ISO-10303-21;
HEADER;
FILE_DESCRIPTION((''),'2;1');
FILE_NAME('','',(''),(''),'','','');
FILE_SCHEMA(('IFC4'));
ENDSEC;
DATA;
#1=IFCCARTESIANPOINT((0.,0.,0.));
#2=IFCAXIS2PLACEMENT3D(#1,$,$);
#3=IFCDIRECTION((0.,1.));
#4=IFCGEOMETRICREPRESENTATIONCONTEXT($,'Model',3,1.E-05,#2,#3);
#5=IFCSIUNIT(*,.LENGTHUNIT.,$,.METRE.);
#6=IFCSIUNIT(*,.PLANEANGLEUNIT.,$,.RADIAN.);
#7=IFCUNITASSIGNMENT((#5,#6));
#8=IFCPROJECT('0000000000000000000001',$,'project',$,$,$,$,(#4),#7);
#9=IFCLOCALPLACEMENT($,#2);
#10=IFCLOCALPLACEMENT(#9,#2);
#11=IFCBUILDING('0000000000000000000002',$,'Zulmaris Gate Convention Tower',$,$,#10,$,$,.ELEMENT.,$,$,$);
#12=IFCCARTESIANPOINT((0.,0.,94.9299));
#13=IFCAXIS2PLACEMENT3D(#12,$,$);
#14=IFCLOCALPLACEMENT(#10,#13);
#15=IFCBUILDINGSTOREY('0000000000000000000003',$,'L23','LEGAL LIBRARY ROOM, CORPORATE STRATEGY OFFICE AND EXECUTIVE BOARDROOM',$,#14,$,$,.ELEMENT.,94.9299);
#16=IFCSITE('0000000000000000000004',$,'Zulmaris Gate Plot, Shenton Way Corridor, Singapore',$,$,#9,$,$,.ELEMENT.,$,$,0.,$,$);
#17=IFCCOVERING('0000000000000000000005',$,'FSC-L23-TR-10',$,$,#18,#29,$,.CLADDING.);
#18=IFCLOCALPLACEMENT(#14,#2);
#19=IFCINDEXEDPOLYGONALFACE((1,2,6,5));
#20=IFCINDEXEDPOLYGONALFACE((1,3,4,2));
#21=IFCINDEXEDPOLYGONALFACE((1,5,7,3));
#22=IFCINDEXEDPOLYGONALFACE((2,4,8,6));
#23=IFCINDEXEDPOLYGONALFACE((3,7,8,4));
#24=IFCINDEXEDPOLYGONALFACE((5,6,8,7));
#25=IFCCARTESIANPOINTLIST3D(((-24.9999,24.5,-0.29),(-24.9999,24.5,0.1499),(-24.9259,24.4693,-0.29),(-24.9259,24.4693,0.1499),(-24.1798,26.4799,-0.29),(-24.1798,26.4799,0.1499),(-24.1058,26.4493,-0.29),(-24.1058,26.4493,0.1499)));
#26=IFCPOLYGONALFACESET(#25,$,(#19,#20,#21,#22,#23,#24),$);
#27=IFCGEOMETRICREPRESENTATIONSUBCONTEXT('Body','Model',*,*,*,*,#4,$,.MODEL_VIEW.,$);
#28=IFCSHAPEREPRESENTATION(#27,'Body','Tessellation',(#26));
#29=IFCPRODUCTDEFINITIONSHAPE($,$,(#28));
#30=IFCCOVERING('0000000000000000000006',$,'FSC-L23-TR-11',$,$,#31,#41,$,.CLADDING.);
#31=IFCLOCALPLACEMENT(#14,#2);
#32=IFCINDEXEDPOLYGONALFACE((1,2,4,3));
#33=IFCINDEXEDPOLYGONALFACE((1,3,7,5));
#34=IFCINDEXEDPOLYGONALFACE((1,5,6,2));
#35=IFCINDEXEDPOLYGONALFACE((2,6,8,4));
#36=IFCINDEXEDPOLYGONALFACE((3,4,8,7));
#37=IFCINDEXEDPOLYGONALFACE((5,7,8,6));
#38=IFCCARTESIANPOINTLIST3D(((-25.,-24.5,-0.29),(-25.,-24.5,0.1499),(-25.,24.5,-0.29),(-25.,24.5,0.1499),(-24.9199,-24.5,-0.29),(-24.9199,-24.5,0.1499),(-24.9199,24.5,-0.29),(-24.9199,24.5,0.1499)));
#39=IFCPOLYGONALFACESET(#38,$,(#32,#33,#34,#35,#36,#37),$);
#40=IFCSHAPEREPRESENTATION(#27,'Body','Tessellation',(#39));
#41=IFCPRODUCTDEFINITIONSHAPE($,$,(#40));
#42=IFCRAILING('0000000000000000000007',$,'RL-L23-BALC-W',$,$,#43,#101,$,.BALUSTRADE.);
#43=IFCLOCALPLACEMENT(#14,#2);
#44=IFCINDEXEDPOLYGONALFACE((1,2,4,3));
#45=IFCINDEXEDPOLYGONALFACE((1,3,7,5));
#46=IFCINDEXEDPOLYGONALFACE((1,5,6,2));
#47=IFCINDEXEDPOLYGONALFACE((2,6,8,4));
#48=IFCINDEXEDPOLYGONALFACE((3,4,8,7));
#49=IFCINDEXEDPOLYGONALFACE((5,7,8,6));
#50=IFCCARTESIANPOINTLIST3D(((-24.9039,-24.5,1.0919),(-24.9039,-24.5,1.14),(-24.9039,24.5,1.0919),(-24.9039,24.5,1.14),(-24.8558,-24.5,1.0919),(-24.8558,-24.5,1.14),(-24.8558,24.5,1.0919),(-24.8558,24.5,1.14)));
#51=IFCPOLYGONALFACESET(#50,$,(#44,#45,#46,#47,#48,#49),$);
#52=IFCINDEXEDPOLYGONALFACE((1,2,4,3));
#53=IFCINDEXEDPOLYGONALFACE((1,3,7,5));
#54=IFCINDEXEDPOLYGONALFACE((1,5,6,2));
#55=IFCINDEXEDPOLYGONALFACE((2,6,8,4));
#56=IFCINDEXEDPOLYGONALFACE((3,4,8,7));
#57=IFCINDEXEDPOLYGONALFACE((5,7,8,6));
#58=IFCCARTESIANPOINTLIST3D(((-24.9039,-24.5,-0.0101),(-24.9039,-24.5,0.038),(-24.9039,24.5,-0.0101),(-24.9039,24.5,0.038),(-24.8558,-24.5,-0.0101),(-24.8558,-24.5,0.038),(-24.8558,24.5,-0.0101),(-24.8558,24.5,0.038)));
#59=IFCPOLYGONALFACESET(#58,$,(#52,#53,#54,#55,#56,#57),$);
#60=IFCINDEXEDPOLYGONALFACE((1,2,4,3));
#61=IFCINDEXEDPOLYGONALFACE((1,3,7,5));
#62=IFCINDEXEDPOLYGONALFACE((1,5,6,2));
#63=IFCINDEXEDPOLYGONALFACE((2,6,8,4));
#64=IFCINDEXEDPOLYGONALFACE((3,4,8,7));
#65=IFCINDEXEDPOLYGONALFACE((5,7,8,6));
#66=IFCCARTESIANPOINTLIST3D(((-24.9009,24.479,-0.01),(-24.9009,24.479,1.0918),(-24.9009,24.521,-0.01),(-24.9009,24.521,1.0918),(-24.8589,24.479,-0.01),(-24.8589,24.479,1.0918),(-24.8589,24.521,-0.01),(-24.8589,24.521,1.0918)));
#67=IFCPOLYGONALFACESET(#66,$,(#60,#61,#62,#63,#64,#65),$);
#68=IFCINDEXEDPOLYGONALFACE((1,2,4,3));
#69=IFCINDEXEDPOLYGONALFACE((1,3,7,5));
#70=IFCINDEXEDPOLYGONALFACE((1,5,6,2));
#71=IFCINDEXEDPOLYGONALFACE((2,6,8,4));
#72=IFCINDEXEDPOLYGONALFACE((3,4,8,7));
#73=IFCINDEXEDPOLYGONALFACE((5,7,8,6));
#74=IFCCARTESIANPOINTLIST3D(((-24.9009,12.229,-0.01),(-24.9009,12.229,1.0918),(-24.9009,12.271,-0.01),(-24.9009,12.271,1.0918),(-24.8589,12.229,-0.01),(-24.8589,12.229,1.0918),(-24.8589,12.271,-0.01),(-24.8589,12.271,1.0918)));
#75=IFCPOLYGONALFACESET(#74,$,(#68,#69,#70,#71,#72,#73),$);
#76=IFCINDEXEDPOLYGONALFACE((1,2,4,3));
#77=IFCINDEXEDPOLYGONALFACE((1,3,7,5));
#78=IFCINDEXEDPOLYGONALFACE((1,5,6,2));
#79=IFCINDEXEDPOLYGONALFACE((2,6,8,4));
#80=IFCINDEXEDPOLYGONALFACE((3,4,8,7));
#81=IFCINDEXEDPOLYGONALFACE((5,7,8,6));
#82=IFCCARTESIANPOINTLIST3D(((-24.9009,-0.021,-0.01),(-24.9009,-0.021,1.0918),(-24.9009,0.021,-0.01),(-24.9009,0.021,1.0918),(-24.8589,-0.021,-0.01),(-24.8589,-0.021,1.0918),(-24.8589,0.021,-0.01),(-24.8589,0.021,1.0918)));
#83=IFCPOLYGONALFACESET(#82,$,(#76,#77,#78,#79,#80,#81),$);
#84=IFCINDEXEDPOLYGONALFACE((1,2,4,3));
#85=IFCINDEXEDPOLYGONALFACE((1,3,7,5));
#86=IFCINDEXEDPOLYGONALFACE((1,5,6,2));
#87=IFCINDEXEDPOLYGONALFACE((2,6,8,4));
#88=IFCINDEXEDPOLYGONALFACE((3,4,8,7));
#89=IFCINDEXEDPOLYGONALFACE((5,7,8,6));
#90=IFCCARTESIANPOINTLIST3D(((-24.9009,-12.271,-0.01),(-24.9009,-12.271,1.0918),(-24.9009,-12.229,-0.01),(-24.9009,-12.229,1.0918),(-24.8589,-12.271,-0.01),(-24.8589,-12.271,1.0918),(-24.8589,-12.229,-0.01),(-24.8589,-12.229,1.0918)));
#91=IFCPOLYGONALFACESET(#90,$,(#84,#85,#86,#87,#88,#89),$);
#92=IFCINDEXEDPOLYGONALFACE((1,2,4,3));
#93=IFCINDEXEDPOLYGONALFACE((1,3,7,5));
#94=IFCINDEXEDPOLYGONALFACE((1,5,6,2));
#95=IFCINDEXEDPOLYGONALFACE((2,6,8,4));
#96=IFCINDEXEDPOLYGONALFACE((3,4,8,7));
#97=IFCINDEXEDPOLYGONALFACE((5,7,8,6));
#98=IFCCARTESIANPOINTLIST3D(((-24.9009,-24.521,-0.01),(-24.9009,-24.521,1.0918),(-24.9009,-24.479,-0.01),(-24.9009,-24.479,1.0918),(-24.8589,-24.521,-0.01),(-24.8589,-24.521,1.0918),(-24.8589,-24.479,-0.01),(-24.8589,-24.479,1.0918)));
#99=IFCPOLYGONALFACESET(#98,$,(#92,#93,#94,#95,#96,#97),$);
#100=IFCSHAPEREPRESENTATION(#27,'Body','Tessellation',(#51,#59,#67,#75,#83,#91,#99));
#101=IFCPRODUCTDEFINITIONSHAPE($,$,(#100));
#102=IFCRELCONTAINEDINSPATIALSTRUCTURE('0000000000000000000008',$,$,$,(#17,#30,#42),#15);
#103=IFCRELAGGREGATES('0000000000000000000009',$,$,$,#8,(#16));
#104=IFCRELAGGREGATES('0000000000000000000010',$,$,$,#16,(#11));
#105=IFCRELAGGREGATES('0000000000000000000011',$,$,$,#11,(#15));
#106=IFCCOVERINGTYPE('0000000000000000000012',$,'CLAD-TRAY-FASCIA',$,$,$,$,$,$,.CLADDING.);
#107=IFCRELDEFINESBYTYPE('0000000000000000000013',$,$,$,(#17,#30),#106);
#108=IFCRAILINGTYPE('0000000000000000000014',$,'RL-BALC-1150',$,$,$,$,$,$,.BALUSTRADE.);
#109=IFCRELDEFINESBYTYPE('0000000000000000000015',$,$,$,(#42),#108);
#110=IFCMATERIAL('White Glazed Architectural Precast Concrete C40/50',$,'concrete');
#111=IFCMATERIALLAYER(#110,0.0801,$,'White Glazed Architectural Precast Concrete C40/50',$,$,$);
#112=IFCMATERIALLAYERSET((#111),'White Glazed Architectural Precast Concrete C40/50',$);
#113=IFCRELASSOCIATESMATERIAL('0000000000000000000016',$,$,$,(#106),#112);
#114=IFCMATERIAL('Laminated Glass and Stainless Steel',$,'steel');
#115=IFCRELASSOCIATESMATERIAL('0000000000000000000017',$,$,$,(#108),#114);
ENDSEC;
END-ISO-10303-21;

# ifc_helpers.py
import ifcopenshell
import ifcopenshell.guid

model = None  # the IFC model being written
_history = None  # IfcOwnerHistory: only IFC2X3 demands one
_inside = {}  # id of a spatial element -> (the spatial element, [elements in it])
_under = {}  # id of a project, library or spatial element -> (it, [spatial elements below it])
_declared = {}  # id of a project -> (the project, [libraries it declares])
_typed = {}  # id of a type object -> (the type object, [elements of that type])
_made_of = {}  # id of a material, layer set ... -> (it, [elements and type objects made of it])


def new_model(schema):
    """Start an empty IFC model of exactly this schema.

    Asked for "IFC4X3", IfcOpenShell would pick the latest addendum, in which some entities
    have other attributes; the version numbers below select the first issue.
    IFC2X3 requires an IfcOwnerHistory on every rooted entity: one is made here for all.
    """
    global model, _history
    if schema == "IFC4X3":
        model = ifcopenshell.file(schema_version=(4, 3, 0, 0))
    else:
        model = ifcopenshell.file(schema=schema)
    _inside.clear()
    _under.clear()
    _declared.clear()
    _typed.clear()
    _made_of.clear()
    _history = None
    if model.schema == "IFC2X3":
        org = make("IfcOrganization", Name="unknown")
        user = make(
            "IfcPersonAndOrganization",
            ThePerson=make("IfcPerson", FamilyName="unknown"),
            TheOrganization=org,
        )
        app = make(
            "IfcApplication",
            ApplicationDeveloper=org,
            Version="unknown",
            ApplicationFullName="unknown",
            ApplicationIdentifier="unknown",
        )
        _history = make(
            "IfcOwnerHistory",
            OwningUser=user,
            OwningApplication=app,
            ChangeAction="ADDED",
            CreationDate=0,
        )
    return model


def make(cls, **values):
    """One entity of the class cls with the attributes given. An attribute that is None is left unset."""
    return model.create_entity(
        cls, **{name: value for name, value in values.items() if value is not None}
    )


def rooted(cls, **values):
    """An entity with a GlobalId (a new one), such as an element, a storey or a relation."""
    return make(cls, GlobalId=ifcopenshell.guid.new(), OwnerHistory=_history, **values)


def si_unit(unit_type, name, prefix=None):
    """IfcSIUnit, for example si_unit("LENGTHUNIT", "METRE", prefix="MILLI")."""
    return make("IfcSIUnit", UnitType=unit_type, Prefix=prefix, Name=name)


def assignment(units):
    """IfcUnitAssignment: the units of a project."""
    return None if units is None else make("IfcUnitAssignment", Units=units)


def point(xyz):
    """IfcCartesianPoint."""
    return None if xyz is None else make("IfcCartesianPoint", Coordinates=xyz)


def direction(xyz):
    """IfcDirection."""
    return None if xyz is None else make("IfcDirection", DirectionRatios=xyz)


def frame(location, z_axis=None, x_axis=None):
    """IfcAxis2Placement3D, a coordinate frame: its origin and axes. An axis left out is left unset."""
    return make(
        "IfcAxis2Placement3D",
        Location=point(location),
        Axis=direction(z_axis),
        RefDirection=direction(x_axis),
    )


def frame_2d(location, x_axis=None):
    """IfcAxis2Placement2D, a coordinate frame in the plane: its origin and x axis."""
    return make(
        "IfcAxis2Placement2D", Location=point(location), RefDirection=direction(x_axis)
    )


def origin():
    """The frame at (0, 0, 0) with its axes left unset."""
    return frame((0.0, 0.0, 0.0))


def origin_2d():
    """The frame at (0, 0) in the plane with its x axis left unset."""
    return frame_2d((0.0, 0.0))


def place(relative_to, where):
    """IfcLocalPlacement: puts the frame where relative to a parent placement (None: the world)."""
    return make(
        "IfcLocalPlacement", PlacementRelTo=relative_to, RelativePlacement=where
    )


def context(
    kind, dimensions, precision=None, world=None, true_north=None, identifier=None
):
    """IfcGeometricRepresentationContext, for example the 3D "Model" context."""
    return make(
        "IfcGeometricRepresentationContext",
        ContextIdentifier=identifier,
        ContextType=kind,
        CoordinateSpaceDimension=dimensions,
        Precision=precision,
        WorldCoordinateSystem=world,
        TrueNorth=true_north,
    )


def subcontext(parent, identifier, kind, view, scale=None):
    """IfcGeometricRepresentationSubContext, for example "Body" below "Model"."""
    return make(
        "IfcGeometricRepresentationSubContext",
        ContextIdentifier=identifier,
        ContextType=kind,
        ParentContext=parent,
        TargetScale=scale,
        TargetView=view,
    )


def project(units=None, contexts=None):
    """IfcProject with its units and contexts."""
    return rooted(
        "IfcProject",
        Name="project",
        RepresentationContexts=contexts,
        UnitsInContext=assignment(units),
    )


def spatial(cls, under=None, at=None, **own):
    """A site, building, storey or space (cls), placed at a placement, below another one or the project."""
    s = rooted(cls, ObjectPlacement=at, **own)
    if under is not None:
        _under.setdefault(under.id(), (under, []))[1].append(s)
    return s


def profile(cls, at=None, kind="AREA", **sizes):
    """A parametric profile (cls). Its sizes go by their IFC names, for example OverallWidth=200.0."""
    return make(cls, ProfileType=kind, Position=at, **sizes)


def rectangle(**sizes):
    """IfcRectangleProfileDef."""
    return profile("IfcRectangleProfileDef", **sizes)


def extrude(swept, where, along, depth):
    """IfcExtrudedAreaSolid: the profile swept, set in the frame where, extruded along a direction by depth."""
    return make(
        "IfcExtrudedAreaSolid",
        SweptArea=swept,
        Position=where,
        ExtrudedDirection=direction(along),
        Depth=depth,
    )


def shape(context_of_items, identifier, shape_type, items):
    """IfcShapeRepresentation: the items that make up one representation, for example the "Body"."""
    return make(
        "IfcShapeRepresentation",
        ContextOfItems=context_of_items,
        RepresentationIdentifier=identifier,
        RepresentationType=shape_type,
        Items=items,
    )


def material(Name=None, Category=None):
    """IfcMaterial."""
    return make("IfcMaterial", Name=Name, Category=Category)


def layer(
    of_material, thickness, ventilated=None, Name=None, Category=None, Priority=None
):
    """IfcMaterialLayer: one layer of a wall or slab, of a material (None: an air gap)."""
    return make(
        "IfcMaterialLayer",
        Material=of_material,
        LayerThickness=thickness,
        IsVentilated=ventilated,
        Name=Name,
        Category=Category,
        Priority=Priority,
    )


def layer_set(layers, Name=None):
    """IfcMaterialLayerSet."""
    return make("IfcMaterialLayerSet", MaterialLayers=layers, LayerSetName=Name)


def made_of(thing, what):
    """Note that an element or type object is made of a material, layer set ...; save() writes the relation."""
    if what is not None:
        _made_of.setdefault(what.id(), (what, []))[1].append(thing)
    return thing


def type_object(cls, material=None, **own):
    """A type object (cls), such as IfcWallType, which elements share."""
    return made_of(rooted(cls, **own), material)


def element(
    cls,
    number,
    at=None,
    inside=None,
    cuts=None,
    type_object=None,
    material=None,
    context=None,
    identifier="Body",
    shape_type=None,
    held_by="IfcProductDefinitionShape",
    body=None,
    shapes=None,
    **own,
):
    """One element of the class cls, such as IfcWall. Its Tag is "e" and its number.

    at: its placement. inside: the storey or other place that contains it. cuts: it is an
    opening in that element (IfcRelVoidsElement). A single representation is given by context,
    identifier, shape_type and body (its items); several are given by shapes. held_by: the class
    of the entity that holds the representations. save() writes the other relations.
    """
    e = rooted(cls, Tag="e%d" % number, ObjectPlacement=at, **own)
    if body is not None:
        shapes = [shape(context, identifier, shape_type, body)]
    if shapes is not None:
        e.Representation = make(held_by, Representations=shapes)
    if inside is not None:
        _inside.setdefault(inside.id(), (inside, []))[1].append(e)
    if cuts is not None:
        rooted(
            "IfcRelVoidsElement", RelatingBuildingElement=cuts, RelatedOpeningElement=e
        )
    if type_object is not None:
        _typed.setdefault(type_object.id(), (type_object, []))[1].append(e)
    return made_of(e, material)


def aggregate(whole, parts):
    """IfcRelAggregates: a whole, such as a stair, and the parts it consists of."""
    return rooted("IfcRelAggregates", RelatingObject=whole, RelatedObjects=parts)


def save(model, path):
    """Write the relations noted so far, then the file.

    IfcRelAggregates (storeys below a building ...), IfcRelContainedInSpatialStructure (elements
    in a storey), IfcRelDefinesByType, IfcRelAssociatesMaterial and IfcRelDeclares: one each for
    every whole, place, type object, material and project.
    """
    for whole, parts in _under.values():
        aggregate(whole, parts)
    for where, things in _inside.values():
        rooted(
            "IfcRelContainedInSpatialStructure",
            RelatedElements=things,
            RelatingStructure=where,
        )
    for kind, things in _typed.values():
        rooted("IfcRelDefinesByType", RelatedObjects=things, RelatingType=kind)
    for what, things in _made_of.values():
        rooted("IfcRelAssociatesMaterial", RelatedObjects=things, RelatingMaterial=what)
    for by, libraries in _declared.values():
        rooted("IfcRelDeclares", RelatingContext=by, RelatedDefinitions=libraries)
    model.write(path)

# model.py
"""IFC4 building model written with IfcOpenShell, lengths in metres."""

from ifc_helpers import new_model, si_unit, direction, frame, frame_2d, origin, origin_2d, place, context, subcontext, project, spatial, rectangle, extrude, material, layer, layer_set, type_object, element, save


model = new_model("IFC4")

# Units and contexts
model_context = context("Model", 3, precision=1e-05, world=origin(), true_north=direction((0.0, 1.0)))
body_context = subcontext(model_context, "Body", "Model", "MODEL_VIEW")
ifc_project = project(units=[si_unit("LENGTHUNIT", "METRE"), si_unit("PLANEANGLEUNIT", "RADIAN")], contexts=[model_context])

# Site, building, storey
site_placement = place(None, origin())
site = spatial("IfcSite", under=ifc_project, at=site_placement, Name="Zulmaris Gate Plot, Shenton Way Corridor, Singapore", CompositionType="ELEMENT", RefElevation=0.0)
building_placement = place(site_placement, origin())
building = spatial("IfcBuilding", under=site, at=building_placement, Name="Zulmaris Gate Convention Tower", CompositionType="ELEMENT")
storey_placement = place(building_placement, frame((0.0, 0.0, 94.9299)))
storey = spatial("IfcBuildingStorey", under=building, at=storey_placement, Name="L23", Description="LEGAL LIBRARY ROOM, CORPORATE STRATEGY OFFICE AND EXECUTIVE BOARDROOM", CompositionType="ELEMENT", Elevation=94.9299)

# Coverings
ifc_material_1 = material(Name="White Glazed Architectural Precast Concrete C40/50", Category="concrete")
ifc_layer_1 = layer(ifc_material_1, 0.0801, Name="White Glazed Architectural Precast Concrete C40/50")
ifc_layer_set_1 = layer_set([ifc_layer_1], Name="White Glazed Architectural Precast Concrete C40/50")
covering_type = type_object("IfcCoveringType", Name="CLAD-TRAY-FASCIA", PredefinedType="CLADDING", material=ifc_layer_set_1)
covering_1_placement = place(storey_placement, frame((-24.1428, 26.4646, -0.29), z_axis=(0.0, 0.0, 1.0), x_axis=(-0.382657, -0.92389, 0.0)))
element("IfcCovering", 1, at=covering_1_placement, inside=storey, type_object=covering_type, Name="FSC-L23-TR-10", PredefinedType="CLADDING", context=body_context, shape_type="SweptSolid", body=[
    extrude(rectangle(XDim=2.1431, YDim=0.0801, at=frame_2d((1.0715, 0.0))), origin(), (0.0, 0.0, 1.0), 0.4399),
])
covering_2_placement = place(storey_placement, frame((-24.96, 24.5, -0.29), z_axis=(0.0, 0.0, 1.0), x_axis=(0.0, -1.0, 0.0)))
element("IfcCovering", 2, at=covering_2_placement, inside=storey, type_object=covering_type, Name="FSC-L23-TR-11", PredefinedType="CLADDING", context=body_context, shape_type="SweptSolid", body=[
    extrude(rectangle(XDim=49.0, YDim=0.0801, at=frame_2d((24.5, 0.0))), origin(), (0.0, 0.0, 1.0), 0.4399),
])

# Railing
ifc_material_2 = material(Name="Laminated Glass and Stainless Steel", Category="steel")
railing_type = type_object("IfcRailingType", Name="RL-BALC-1150", PredefinedType="BALUSTRADE", material=ifc_material_2)
railing_placement = place(storey_placement, frame((-24.8799, 24.5, -0.01)))
element("IfcRailing", 3, at=railing_placement, inside=storey, type_object=railing_type, Name="RL-L23-BALC-W", PredefinedType="BALUSTRADE", context=body_context, shape_type="SweptSolid", body=[
    extrude(rectangle(XDim=0.0481, YDim=0.0481, at=origin_2d()), frame((0.0, 0.0, 1.126), z_axis=(0.0, -1.0, 0.0), x_axis=(1.0, 0.0, 0.0)), (0.0, 0.0, 1.0), 49.0),
    extrude(rectangle(XDim=0.0481, YDim=0.0481, at=origin_2d()), frame((0.0, 0.0, 0.0239), z_axis=(0.0, -1.0, 0.0), x_axis=(1.0, 0.0, 0.0)), (0.0, 0.0, 1.0), 49.0),
    extrude(rectangle(XDim=0.042, YDim=0.042, at=origin_2d()), origin(), (0.0, 0.0, 1.0), 1.1018),
    extrude(rectangle(XDim=0.042, YDim=0.042, at=origin_2d()), frame((0.0, -12.25, 0.0)), (0.0, 0.0, 1.0), 1.1018),
    extrude(rectangle(XDim=0.042, YDim=0.042, at=origin_2d()), frame((0.0, -24.5, 0.0)), (0.0, 0.0, 1.0), 1.1018),
    extrude(rectangle(XDim=0.042, YDim=0.042, at=origin_2d()), frame((0.0, -36.75, 0.0)), (0.0, 0.0, 1.0), 1.1018),
    extrude(rectangle(XDim=0.042, YDim=0.042, at=origin_2d()), frame((0.0, -49.0, 0.0)), (0.0, 0.0, 1.0), 1.1018),
])

save(model, "model.ifc")
